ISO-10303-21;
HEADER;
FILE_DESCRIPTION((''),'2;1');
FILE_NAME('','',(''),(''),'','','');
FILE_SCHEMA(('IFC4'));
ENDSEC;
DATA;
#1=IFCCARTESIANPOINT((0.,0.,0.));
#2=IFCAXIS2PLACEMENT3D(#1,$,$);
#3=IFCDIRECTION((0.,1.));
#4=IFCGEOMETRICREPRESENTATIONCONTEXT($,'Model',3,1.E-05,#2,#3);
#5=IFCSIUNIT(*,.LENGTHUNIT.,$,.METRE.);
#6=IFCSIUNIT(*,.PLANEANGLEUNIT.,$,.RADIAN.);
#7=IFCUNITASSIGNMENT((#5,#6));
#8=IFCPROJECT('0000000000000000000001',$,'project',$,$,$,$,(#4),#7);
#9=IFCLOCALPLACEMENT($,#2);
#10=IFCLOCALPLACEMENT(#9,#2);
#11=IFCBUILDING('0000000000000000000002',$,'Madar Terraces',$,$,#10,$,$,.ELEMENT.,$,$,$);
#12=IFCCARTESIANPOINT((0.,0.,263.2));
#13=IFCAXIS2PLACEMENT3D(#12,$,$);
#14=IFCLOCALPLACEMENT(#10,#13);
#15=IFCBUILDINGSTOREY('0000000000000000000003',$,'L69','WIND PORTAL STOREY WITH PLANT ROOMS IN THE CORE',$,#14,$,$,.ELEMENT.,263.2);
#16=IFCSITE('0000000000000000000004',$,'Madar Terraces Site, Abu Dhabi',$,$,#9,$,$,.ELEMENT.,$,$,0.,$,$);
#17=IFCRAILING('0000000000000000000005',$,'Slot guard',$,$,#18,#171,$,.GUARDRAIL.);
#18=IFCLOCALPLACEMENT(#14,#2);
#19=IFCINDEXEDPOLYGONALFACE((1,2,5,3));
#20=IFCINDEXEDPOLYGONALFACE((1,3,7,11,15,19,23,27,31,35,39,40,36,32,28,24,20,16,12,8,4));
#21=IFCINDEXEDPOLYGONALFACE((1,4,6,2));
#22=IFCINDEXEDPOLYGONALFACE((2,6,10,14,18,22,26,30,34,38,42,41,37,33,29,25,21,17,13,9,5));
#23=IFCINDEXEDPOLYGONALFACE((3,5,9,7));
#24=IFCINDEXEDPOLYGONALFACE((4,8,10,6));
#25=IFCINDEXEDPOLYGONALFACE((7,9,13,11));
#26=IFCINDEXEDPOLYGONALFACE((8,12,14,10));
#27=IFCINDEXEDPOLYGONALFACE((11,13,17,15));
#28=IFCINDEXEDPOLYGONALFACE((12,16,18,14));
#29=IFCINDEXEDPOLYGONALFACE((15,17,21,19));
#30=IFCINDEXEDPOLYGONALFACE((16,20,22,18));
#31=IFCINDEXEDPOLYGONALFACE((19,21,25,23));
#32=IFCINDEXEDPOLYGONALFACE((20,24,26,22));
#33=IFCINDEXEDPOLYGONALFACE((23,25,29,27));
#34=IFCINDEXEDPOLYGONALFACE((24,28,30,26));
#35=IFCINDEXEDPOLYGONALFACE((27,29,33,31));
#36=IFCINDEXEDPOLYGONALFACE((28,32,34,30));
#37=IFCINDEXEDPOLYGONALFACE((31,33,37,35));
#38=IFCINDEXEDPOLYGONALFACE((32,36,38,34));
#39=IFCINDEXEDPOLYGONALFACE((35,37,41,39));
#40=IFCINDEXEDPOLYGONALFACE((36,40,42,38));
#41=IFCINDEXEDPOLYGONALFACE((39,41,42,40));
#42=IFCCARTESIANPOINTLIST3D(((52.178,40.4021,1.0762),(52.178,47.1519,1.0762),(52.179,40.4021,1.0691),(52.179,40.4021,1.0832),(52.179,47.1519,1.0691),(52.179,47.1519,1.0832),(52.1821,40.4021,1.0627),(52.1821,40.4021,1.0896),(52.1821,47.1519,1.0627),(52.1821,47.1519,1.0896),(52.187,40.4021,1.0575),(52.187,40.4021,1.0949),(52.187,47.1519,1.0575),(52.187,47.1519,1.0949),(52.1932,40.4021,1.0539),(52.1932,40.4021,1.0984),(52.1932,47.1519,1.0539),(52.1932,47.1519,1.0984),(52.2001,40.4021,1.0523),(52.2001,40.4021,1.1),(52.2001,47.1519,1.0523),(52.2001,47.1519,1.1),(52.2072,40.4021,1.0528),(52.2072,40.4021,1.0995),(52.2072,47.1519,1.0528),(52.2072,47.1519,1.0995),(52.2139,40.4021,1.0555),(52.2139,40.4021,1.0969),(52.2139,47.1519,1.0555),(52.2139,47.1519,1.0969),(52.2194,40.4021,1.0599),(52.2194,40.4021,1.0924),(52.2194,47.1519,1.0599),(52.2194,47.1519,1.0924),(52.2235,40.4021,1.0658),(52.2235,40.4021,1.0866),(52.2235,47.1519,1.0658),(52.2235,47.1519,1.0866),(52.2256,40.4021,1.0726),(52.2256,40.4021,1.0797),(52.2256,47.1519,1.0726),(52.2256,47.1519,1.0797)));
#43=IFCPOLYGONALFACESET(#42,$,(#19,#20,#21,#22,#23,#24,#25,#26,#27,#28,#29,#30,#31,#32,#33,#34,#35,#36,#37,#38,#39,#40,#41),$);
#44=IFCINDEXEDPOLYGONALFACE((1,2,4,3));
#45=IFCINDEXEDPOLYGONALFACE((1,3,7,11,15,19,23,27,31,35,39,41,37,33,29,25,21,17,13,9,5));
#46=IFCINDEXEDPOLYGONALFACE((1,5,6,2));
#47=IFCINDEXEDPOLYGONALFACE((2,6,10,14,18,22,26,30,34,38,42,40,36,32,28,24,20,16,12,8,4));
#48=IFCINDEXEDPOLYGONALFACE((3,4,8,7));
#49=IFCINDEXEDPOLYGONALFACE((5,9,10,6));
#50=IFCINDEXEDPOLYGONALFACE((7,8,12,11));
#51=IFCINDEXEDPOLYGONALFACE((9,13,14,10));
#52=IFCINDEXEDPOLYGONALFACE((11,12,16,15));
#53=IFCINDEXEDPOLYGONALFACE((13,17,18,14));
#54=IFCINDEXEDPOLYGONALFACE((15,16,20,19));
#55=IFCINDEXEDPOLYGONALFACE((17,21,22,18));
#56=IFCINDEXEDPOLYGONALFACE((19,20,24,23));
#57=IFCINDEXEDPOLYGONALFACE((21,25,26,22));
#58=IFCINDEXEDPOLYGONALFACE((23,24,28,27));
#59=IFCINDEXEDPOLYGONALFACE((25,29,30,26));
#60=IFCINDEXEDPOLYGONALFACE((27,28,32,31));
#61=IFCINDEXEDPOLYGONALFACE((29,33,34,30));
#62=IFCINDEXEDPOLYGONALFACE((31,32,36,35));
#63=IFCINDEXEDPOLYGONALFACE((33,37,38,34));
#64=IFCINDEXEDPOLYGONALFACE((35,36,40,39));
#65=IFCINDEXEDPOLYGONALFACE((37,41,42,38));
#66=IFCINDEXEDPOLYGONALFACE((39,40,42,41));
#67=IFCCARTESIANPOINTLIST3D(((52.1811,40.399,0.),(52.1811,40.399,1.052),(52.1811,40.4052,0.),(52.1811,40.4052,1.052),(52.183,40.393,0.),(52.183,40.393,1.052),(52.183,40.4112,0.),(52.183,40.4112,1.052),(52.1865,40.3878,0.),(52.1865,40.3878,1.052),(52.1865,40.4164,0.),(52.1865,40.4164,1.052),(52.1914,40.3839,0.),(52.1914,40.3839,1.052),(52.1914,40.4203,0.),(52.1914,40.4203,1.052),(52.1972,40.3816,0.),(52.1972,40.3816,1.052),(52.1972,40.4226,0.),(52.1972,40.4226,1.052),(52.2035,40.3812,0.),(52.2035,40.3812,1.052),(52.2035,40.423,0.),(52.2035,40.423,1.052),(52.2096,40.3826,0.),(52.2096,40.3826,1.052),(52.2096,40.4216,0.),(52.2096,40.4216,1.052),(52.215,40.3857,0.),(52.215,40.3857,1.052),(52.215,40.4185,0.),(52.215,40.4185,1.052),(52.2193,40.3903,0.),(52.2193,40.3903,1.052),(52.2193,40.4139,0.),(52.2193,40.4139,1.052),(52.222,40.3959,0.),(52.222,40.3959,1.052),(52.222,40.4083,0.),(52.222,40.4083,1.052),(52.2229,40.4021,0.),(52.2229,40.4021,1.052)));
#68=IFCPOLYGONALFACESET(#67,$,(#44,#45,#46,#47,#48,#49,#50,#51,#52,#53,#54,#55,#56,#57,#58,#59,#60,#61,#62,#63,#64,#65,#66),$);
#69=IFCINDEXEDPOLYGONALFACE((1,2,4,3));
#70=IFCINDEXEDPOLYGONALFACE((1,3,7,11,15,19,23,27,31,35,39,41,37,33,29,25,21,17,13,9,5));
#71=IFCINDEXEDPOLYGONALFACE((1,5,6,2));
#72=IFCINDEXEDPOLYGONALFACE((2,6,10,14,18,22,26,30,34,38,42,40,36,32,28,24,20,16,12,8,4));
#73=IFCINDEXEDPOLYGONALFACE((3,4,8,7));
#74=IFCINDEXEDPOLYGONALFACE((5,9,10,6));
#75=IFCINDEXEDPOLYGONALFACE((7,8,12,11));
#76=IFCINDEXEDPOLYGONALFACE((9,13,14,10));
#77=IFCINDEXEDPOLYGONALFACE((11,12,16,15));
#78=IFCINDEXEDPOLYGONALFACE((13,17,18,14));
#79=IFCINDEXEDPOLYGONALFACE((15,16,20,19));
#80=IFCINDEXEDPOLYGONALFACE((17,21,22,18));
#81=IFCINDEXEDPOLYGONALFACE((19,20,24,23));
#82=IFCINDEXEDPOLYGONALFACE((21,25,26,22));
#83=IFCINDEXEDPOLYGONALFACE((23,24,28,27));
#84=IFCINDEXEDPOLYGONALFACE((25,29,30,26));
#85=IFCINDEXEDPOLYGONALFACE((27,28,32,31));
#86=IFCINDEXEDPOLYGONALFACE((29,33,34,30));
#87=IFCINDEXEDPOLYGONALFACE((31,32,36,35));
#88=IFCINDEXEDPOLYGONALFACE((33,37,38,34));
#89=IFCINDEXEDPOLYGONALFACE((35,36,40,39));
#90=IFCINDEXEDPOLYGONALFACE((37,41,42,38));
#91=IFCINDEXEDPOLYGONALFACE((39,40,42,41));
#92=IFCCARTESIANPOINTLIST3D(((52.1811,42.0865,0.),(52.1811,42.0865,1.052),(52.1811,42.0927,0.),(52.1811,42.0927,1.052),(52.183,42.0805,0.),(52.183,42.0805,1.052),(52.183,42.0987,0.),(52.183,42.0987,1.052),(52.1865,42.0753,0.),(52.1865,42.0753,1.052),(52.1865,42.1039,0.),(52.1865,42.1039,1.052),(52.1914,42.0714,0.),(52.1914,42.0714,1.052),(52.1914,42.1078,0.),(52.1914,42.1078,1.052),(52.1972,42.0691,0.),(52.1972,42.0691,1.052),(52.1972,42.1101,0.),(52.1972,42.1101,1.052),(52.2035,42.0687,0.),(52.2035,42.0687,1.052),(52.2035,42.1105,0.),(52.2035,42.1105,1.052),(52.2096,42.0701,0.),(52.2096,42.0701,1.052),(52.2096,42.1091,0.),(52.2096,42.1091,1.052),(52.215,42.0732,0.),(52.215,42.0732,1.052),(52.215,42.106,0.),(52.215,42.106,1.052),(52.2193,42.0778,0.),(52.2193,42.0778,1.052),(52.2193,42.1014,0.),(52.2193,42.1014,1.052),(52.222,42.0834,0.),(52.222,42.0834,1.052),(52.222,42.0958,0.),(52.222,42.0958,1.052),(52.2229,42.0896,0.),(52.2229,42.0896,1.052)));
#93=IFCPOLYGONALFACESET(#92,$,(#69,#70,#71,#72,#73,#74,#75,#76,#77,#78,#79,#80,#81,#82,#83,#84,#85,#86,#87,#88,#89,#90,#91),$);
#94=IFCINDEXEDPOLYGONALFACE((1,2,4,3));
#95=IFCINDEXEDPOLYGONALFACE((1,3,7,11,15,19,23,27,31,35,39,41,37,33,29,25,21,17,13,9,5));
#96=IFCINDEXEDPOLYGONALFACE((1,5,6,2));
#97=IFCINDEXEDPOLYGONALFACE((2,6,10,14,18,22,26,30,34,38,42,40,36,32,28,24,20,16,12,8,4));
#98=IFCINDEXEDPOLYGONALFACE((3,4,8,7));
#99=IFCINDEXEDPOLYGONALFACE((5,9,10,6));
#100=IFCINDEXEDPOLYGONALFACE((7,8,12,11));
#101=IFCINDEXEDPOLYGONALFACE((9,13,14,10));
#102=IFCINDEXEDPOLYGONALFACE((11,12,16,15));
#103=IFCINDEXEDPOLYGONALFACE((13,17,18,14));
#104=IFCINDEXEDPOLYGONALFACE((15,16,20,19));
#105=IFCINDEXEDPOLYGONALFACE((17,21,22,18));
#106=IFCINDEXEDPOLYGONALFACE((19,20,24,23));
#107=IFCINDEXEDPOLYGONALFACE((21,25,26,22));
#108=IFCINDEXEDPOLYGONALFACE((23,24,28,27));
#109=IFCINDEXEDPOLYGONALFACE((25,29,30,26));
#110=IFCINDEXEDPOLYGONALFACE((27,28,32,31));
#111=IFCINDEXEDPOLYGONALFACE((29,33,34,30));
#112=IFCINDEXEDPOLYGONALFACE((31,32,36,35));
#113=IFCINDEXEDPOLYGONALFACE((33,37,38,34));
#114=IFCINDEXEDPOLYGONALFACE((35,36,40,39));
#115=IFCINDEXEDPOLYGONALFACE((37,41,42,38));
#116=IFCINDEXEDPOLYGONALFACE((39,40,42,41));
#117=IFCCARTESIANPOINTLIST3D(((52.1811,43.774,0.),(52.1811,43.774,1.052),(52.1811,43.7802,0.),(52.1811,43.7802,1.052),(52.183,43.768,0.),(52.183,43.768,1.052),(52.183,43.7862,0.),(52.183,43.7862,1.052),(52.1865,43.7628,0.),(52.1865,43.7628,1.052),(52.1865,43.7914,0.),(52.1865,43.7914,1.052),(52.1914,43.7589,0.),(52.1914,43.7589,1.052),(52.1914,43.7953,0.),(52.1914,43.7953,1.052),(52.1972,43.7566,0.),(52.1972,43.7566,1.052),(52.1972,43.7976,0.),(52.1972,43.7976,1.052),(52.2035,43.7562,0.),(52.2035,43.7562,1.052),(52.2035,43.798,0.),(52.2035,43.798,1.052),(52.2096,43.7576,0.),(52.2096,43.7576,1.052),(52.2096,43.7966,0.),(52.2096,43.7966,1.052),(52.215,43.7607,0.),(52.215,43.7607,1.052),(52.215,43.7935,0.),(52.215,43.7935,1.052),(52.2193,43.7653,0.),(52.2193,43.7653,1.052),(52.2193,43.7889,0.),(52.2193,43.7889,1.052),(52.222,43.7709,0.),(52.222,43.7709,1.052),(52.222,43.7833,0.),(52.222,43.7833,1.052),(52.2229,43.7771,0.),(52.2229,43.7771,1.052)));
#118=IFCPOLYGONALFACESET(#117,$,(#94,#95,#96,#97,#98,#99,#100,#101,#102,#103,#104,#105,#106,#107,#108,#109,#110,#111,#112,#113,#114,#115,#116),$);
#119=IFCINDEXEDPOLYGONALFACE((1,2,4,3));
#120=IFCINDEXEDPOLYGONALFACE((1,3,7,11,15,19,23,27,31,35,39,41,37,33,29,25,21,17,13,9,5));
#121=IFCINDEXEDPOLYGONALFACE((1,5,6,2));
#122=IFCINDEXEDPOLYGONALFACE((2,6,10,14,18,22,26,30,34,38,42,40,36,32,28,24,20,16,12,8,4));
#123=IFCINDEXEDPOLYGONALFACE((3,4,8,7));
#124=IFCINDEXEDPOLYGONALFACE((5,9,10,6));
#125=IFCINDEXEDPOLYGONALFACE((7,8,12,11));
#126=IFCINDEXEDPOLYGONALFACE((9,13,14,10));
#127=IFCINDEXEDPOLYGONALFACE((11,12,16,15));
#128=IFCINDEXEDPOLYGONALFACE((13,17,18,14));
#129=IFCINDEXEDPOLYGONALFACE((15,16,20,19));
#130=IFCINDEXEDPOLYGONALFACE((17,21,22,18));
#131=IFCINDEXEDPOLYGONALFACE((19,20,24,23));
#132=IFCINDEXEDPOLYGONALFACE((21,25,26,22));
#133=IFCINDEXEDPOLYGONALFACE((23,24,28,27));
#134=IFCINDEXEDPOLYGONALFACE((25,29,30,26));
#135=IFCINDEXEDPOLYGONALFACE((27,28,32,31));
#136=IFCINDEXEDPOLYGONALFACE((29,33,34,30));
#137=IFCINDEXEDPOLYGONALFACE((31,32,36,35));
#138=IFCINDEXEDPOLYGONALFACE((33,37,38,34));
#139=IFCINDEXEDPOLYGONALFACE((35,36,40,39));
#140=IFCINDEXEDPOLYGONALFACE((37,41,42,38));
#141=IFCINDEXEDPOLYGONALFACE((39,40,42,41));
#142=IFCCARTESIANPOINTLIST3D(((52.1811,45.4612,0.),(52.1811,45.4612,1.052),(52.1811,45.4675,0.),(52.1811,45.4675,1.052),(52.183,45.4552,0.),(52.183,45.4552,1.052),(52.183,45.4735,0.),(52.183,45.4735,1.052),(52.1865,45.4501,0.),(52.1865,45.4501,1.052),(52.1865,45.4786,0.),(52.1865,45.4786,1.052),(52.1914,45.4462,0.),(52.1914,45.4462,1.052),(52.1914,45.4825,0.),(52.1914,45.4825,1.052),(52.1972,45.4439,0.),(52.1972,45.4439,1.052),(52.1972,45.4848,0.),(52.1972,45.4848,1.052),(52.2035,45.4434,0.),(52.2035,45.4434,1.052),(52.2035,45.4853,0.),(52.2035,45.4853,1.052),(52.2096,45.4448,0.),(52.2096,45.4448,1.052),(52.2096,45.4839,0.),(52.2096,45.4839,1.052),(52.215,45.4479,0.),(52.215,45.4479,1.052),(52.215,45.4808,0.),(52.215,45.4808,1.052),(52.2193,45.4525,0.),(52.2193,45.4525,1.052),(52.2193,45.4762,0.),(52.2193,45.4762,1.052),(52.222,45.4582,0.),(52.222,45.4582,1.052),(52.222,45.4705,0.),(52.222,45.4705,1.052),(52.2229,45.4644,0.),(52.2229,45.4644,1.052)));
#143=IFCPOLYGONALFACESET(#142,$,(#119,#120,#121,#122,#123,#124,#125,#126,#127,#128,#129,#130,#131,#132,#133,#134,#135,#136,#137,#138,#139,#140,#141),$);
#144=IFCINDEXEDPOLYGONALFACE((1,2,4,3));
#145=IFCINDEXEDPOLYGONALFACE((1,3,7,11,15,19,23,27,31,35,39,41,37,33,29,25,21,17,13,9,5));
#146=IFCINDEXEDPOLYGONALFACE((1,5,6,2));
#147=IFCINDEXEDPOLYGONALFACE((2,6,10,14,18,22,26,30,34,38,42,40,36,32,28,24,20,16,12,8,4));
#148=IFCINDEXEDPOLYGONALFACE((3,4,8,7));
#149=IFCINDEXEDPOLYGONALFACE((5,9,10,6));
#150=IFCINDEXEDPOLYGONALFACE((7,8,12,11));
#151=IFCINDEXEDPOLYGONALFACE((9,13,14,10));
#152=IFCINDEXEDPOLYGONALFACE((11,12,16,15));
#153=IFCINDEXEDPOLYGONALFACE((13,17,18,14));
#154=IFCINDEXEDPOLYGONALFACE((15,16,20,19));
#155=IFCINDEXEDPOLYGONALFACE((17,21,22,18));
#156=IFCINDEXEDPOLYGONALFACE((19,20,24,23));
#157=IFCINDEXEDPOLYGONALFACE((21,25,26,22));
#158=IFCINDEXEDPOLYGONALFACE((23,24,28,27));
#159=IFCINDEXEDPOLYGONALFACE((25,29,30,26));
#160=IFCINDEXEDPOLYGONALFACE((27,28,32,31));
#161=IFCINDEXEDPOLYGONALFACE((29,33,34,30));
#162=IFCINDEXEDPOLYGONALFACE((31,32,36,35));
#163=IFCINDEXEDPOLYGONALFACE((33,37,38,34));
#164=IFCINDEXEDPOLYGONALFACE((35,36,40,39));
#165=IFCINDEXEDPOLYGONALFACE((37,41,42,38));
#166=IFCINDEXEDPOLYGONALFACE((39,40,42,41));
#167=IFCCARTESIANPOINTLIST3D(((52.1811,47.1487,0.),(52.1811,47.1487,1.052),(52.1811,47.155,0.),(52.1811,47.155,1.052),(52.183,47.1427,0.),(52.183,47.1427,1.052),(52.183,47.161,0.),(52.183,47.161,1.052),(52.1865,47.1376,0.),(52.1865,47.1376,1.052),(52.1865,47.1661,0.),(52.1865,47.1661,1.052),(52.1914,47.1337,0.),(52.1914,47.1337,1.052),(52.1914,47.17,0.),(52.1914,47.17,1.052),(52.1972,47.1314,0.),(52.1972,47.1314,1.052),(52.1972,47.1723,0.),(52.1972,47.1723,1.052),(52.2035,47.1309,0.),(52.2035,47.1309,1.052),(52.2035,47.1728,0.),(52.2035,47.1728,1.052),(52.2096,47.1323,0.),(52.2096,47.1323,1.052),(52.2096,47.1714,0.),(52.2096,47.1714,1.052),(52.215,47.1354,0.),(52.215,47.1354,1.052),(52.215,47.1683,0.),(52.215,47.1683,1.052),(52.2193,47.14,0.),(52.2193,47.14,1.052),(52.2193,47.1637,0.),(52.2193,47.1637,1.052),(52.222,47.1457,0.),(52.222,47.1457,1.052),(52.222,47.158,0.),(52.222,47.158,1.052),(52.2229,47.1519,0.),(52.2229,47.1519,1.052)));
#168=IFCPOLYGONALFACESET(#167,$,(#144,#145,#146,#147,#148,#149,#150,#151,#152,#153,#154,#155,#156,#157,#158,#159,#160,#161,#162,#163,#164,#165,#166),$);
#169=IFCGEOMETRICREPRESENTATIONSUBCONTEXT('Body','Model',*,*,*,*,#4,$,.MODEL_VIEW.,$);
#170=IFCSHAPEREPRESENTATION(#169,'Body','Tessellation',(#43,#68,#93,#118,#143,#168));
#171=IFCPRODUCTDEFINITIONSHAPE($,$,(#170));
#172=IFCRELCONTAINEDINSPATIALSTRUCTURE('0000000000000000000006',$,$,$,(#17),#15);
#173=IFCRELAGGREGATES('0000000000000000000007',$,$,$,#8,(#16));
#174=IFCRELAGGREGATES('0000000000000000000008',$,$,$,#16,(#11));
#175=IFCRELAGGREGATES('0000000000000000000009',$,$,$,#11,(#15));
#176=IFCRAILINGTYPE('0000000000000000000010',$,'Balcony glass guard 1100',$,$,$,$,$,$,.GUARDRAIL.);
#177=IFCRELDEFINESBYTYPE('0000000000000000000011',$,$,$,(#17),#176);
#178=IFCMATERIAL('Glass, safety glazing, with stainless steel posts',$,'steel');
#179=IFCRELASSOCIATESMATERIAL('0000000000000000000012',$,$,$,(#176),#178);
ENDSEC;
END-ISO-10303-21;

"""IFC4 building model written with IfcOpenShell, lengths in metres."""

from ifc_helpers import new_model, si_unit, direction, frame, origin, origin_2d, place, context, subcontext, project, spatial, circle, extrude, material, type_object, element, save


model = new_model("IFC4")

# Units and contexts
model_context = context("Model", 3, precision=1e-05, world=origin(), true_north=direction((0.0, 1.0)))
body_context = subcontext(model_context, "Body", "Model", "MODEL_VIEW")
ifc_project = project(units=[si_unit("LENGTHUNIT", "METRE"), si_unit("PLANEANGLEUNIT", "RADIAN")], contexts=[model_context])

# Site, building, storey
site_placement = place(None, origin())
site = spatial("IfcSite", under=ifc_project, at=site_placement, Name="Madar Terraces Site, Abu Dhabi", CompositionType="ELEMENT", RefElevation=0.0)
building_placement = place(site_placement, origin())
building = spatial("IfcBuilding", under=site, at=building_placement, Name="Madar Terraces", CompositionType="ELEMENT")
storey_placement = place(building_placement, frame((0.0, 0.0, 263.2)))
storey = spatial("IfcBuildingStorey", under=building, at=storey_placement, Name="L69", Description="WIND PORTAL STOREY WITH PLANT ROOMS IN THE CORE", CompositionType="ELEMENT", Elevation=263.2)

# Railing
ifc_material_1 = material(Name="Glass, safety glazing, with stainless steel posts", Category="steel")
railing_type = type_object("IfcRailingType", Name="Balcony glass guard 1100", PredefinedType="GUARDRAIL", material=ifc_material_1)
for number, where, name in (
    (1, (52.2019, 40.4021, 0.0), "Slot guard"),
):
    element("IfcRailing", number, at=place(storey_placement, frame(where)), inside=storey, type_object=railing_type, Name=name, PredefinedType="GUARDRAIL", context=body_context, shape_type="SweptSolid", body=[
        extrude(circle(Radius=0.0239, at=origin_2d()), frame((0.0, 0.0, 1.0762), z_axis=(0.0, 1.0, 0.0), x_axis=(-1.0, 0.0, 0.0)), (0.0, 0.0, 1.0), 6.7498),
        extrude(circle(Radius=0.021, at=origin_2d()), origin(), (0.0, 0.0, 1.0), 1.052),
        extrude(circle(Radius=0.021, at=origin_2d()), frame((0.0, 1.6875, 0.0)), (0.0, 0.0, 1.0), 1.052),
        extrude(circle(Radius=0.021, at=origin_2d()), frame((0.0, 3.375, 0.0)), (0.0, 0.0, 1.0), 1.052),
        extrude(circle(Radius=0.021, at=origin_2d()), frame((0.0, 5.0623, 0.0)), (0.0, 0.0, 1.0), 1.052),
        extrude(circle(Radius=0.021, at=origin_2d()), frame((0.0, 6.7498, 0.0)), (0.0, 0.0, 1.0), 1.052),
    ])

save(model, "model.ifc")
